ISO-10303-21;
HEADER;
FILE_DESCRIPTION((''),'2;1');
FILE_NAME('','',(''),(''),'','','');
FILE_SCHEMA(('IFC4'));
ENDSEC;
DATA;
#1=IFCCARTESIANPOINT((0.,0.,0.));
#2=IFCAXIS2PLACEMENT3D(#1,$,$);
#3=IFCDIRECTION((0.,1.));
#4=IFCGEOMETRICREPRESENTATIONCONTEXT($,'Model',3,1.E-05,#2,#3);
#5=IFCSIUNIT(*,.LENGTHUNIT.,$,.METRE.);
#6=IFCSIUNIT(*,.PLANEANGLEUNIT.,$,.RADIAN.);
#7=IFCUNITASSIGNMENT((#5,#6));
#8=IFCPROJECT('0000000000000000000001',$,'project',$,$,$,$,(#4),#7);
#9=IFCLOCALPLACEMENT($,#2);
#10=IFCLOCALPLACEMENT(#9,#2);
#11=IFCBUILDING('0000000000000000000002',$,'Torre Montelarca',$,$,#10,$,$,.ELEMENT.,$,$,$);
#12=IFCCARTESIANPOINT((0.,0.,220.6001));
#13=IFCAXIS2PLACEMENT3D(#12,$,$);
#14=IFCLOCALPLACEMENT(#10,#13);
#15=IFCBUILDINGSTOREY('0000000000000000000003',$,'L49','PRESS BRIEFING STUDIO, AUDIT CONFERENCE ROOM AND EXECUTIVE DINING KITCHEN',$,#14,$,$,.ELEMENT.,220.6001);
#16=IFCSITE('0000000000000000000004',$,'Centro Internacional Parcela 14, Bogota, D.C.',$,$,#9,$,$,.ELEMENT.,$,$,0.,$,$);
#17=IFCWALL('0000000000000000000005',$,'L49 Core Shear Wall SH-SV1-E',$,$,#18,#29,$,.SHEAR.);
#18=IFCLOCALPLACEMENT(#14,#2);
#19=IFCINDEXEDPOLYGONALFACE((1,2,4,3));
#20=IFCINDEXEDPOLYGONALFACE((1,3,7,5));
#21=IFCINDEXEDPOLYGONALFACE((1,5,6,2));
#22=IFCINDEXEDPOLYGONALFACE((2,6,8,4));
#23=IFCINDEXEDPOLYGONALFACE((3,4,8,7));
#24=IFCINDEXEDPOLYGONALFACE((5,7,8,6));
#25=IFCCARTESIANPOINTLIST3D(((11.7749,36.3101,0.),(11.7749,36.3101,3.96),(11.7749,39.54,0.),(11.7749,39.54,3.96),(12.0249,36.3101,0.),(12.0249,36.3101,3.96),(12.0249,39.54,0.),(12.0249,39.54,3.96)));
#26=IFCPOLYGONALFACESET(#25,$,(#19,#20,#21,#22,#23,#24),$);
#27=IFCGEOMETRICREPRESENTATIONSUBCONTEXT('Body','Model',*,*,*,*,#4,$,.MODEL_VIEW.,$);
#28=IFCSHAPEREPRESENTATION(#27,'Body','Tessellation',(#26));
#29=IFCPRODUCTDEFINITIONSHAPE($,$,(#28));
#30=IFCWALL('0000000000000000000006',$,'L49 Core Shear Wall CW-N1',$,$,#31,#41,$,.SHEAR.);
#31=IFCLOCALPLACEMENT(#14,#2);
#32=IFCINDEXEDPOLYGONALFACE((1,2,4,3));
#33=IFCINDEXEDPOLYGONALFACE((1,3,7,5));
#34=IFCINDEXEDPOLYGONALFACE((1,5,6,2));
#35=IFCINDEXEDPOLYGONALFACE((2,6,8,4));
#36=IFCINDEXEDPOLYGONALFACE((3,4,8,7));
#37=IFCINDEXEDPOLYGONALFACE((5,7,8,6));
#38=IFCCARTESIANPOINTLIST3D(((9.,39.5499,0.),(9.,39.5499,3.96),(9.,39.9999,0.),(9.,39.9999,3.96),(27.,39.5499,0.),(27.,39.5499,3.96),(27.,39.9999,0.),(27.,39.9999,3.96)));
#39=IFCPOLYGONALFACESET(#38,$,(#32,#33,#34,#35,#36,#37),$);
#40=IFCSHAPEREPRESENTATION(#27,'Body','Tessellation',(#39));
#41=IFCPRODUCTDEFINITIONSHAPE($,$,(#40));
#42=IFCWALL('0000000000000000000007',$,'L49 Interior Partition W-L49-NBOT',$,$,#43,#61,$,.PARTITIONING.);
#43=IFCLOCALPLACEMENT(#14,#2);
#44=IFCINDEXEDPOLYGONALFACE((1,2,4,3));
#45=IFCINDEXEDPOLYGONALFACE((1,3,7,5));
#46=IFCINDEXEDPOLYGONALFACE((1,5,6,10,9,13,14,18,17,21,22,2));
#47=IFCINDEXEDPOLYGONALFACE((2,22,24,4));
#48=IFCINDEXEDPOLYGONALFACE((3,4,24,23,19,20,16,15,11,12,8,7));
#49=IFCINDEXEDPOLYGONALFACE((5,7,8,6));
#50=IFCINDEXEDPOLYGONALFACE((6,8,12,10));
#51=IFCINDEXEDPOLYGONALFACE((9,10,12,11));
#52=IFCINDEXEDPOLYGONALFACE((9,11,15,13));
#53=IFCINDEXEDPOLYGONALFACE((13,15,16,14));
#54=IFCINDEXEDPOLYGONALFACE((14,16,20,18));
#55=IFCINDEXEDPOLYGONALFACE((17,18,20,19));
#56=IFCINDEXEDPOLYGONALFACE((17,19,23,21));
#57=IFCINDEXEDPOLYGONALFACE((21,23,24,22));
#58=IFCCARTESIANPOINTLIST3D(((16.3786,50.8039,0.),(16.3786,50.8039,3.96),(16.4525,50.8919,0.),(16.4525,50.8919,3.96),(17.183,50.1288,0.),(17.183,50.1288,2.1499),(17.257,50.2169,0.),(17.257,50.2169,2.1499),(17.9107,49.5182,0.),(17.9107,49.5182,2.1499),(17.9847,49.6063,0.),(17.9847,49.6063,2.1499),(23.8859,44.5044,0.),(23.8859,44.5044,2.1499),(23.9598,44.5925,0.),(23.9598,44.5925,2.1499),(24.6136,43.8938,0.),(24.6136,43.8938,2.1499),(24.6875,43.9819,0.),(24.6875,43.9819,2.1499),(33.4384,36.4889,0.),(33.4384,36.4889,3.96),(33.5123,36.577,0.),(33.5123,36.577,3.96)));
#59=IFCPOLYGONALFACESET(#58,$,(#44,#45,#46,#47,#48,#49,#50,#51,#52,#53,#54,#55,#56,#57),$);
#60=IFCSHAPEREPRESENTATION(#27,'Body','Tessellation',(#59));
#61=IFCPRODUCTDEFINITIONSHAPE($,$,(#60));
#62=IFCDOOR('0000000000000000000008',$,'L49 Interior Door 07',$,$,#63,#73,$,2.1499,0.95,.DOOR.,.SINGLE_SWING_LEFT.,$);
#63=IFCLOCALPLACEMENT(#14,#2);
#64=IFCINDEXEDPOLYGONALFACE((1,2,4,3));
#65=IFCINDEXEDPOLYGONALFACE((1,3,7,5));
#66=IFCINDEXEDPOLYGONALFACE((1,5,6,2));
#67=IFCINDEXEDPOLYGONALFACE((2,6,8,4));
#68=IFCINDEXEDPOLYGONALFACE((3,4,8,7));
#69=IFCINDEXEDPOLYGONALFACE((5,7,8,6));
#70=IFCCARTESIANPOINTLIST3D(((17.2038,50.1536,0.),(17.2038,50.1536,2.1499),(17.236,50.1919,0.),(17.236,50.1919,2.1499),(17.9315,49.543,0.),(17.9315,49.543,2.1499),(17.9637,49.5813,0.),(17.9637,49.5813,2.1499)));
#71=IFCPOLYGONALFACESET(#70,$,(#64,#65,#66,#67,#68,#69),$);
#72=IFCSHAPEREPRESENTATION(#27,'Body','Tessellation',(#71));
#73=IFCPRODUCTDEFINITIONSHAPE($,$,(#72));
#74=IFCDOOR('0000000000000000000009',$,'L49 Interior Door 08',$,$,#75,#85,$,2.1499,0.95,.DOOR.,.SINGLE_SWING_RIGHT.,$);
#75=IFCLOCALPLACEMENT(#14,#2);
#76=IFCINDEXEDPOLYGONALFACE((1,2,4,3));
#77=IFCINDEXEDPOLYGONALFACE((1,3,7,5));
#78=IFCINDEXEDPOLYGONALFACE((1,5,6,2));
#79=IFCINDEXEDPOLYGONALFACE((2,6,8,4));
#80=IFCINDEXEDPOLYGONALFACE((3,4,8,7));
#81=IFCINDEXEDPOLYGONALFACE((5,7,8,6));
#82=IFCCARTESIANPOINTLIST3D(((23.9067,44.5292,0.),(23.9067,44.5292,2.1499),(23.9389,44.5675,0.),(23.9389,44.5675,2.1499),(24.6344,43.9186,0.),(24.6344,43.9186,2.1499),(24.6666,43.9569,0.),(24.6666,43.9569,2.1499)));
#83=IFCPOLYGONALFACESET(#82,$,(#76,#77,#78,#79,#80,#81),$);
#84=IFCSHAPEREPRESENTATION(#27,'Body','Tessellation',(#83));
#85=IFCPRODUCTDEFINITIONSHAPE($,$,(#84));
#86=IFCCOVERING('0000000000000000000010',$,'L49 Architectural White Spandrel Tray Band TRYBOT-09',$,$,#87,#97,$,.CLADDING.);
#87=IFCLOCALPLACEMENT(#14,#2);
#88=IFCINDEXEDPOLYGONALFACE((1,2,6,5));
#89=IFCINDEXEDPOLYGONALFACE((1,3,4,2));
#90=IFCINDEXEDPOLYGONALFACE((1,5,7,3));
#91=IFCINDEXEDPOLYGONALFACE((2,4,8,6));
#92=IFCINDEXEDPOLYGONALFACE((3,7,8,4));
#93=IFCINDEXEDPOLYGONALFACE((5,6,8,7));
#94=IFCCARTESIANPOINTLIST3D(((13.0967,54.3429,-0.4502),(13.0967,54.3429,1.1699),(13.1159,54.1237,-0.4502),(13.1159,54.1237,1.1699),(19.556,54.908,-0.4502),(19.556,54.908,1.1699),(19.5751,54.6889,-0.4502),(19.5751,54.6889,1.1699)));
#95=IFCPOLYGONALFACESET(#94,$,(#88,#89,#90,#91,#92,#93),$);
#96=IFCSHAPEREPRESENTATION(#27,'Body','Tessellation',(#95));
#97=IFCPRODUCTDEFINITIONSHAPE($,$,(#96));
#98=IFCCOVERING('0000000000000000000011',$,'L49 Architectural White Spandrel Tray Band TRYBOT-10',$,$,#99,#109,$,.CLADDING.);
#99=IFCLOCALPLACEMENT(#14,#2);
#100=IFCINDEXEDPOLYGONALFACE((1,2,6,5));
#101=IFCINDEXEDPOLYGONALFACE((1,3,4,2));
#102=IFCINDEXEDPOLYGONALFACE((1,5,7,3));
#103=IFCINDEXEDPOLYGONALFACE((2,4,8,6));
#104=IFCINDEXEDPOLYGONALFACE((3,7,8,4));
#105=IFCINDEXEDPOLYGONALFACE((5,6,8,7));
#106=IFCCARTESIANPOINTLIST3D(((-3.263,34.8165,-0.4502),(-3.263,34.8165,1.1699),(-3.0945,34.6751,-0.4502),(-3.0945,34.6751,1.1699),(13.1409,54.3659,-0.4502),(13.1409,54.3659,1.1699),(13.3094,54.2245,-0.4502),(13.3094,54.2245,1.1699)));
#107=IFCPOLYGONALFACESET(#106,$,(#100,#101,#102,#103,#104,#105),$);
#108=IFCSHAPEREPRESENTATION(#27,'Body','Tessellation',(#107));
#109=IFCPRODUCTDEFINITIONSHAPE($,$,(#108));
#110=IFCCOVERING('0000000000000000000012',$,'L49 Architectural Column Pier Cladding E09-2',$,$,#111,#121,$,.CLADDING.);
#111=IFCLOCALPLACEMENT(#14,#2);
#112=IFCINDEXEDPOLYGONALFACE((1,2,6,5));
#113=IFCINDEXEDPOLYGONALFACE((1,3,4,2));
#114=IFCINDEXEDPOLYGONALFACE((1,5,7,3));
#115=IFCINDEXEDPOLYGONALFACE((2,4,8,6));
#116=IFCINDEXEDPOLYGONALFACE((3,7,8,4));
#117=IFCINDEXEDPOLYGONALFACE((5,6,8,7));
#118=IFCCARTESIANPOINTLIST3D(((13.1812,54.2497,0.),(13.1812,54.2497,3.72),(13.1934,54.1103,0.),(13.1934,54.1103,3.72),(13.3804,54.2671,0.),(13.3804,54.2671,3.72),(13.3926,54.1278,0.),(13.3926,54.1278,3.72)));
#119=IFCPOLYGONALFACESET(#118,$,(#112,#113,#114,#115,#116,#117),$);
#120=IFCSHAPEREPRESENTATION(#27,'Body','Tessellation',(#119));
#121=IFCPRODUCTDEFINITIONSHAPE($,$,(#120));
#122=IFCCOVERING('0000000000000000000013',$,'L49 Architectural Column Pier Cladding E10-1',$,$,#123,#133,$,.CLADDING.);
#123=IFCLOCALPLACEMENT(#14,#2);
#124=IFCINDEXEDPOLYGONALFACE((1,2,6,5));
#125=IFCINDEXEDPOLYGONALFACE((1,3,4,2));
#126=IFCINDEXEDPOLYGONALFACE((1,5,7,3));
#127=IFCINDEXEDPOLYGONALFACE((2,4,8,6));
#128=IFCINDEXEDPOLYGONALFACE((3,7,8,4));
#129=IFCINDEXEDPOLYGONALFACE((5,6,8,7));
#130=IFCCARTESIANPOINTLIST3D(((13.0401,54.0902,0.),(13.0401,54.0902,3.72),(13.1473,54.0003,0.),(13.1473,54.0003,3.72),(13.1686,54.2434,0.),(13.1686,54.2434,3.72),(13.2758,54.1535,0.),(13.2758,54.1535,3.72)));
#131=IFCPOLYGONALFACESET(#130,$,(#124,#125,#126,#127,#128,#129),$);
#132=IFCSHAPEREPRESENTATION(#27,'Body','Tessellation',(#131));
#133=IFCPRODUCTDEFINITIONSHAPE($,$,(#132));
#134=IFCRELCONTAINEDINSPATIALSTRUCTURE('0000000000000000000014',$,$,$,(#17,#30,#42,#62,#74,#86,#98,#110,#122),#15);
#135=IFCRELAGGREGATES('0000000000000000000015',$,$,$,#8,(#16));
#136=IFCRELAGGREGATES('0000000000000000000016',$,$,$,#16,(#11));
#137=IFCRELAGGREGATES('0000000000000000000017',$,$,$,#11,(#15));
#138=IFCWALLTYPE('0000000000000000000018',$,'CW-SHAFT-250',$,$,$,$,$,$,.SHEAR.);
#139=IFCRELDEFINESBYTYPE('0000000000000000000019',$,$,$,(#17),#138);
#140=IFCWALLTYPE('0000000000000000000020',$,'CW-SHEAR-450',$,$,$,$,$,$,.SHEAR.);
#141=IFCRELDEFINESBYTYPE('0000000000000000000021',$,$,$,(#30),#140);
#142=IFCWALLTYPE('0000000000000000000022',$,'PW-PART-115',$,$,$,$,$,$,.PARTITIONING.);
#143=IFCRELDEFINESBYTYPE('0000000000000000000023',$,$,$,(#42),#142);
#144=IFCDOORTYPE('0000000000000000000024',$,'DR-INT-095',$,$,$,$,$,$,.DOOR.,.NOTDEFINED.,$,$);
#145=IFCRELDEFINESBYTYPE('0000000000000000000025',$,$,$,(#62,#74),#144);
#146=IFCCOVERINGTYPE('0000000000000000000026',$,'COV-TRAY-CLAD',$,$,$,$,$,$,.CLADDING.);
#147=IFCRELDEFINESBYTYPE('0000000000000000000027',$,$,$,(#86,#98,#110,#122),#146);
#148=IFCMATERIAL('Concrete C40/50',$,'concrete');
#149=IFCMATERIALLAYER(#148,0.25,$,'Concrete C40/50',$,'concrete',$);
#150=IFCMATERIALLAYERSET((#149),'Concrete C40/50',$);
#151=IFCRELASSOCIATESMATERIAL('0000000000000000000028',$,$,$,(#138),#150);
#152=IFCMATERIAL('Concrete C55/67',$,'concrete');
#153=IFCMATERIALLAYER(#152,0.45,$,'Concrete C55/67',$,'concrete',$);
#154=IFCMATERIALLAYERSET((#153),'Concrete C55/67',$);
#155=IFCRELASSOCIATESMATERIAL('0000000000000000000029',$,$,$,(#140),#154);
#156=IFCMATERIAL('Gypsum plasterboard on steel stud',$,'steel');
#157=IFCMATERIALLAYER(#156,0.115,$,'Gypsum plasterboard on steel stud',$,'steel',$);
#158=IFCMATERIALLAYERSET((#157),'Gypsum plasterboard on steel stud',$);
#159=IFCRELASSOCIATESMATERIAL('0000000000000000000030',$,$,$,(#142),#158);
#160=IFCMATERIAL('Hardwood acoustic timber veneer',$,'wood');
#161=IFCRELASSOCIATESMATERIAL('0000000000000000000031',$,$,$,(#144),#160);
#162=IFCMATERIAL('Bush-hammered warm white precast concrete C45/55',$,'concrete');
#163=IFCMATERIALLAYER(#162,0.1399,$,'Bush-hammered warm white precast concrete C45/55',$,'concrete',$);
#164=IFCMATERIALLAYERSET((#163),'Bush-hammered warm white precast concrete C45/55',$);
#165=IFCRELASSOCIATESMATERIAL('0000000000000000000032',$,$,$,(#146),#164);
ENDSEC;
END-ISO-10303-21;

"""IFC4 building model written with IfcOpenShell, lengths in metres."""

from ifc_helpers import new_model, si_unit, direction, frame, frame_2d, origin, origin_2d, place, context, subcontext, project, spatial, rectangle, extrude, source, transform, mapped, material, layer, layer_set, type_object, element, fill, save


model = new_model("IFC4")

# Units and contexts
model_context = context("Model", 3, precision=1e-05, world=origin(), true_north=direction((0.0, 1.0)))
body_context = subcontext(model_context, "Body", "Model", "MODEL_VIEW")
ifc_project = project(units=[si_unit("LENGTHUNIT", "METRE"), si_unit("PLANEANGLEUNIT", "RADIAN")], contexts=[model_context])

# Site, building, storey
site_placement = place(None, origin())
site = spatial("IfcSite", under=ifc_project, at=site_placement, Name="Centro Internacional Parcela 14, Bogota, D.C.", CompositionType="ELEMENT", RefElevation=0.0)
building_placement = place(site_placement, origin())
building = spatial("IfcBuilding", under=site, at=building_placement, Name="Torre Montelarca", CompositionType="ELEMENT")
storey_placement = place(building_placement, frame((0.0, 0.0, 220.6001)))
storey = spatial("IfcBuildingStorey", under=building, at=storey_placement, Name="L49", Description="PRESS BRIEFING STUDIO, AUDIT CONFERENCE ROOM AND EXECUTIVE DINING KITCHEN", CompositionType="ELEMENT", Elevation=220.6001)

# Shared definitions
ifc_material_1 = material(Name="Concrete C55/67", Category="concrete")
ifc_material_2 = material(Name="Concrete C40/50", Category="concrete")

# Walls
ifc_layer_1 = layer(ifc_material_2, 0.25, Name="Concrete C40/50", Category="concrete")
ifc_layer_set_1 = layer_set([ifc_layer_1], Name="Concrete C40/50")
wall_type_1 = type_object("IfcWallType", Name="CW-SHAFT-250", PredefinedType="SHEAR", material=ifc_layer_set_1)
wall_1_placement = place(storey_placement, frame((11.8999, 36.3101, 0.0), z_axis=(0.0, 0.0, 1.0), x_axis=(0.0, 1.0, 0.0)))
element("IfcWall", 1, at=wall_1_placement, inside=storey, type_object=wall_type_1, Name="L49 Core Shear Wall SH-SV1-E", PredefinedType="SHEAR", context=body_context, shape_type="SweptSolid", body=[
    extrude(rectangle(XDim=3.23, YDim=0.25, at=frame_2d((1.615, 0.0))), origin(), (0.0, 0.0, 1.0), 3.96),
])
ifc_layer_2 = layer(ifc_material_1, 0.45, Name="Concrete C55/67", Category="concrete")
ifc_layer_set_2 = layer_set([ifc_layer_2], Name="Concrete C55/67")
wall_type_2 = type_object("IfcWallType", Name="CW-SHEAR-450", PredefinedType="SHEAR", material=ifc_layer_set_2)
wall_2_placement = place(storey_placement, frame((9.0, 39.7749, 0.0), z_axis=(0.0, 0.0, 1.0), x_axis=(1.0, 0.0, 0.0)))
element("IfcWall", 2, at=wall_2_placement, inside=storey, type_object=wall_type_2, Name="L49 Core Shear Wall CW-N1", PredefinedType="SHEAR", context=body_context, shape_type="SweptSolid", body=[
    extrude(rectangle(XDim=18.0, YDim=0.45, at=frame_2d((9.0, 0.0))), origin(), (0.0, 0.0, 1.0), 3.96),
])

# Wall, openings, doors
ifc_material_3 = material(Name="Gypsum plasterboard on steel stud", Category="steel")
ifc_layer_3 = layer(ifc_material_3, 0.115, Name="Gypsum plasterboard on steel stud", Category="steel")
ifc_layer_set_3 = layer_set([ifc_layer_3], Name="Gypsum plasterboard on steel stud")
wall_type_3 = type_object("IfcWallType", Name="PW-PART-115", PredefinedType="PARTITIONING", material=ifc_layer_set_3)
wall_3_placement = place(storey_placement, frame((16.4155, 50.8479, 0.0), z_axis=(0.0, 0.0, 1.0), x_axis=(0.766043, -0.642789, 0.0)))
wall_3 = element("IfcWall", 3, at=wall_3_placement, inside=storey, type_object=wall_type_3, Name="L49 Interior Partition W-L49-NBOT", PredefinedType="PARTITIONING", context=body_context, shape_type="SweptSolid", body=[
    extrude(rectangle(XDim=22.27, YDim=0.115, at=frame_2d((11.135, 0.0))), origin(), (0.0, 0.0, 1.0), 3.96),
])
opening_1_placement = place(wall_3_placement, frame((1.05, 0.0, 0.0)))
opening_1 = element("IfcOpeningElement", 4, at=opening_1_placement, cuts=wall_3, PredefinedType="OPENING", context=body_context, shape_type="SweptSolid", body=[
    extrude(rectangle(XDim=0.95, YDim=2.1499, at=frame_2d((0.4751, 1.075))), frame((0.0, 0.0674, 0.0), z_axis=(0.0, -1.0, 0.0), x_axis=(1.0, 0.0, 0.0)), (0.0, 0.0, 1.0), 0.135),
])
opening_2_placement = place(wall_3_placement, frame((9.8, 0.0, 0.0)))
opening_2 = element("IfcOpeningElement", 5, at=opening_2_placement, cuts=wall_3, PredefinedType="OPENING", context=body_context, shape_type="SweptSolid", body=[
    extrude(rectangle(XDim=0.95, YDim=2.1499, at=frame_2d((0.4751, 1.075))), frame((0.0, 0.0674, 0.0), z_axis=(0.0, -1.0, 0.0), x_axis=(1.0, 0.0, 0.0)), (0.0, 0.0, 1.0), 0.135),
])
ifc_material_4 = material(Name="Hardwood acoustic timber veneer", Category="wood")
door_type = type_object("IfcDoorType", Name="DR-INT-095", OperationType="NOTDEFINED", PredefinedType="DOOR", material=ifc_material_4)
shared_shape_1 = source(origin(), body_context, "Body", "SweptSolid", [
    extrude(rectangle(XDim=0.95, YDim=2.1499, at=frame_2d((0.4751, 1.075))), frame((0.0, 0.0249, 0.0), z_axis=(0.0, -1.0, 0.0), x_axis=(1.0, 0.0, 0.0)), (0.0, 0.0, 1.0), 0.05),
])
door_1_placement = place(opening_1_placement, origin())
door_1 = element("IfcDoor", 6, at=door_1_placement, inside=storey, type_object=door_type, Name="L49 Interior Door 07", OperationType="SINGLE_SWING_LEFT", OverallHeight=2.1499, OverallWidth=0.95, PredefinedType="DOOR", context=body_context, shape_type="MappedRepresentation", body=[
    mapped(shared_shape_1, transform((0.0, 0.0, 0.0), scale=1.0)),
])
fill(opening_1, door_1)
door_2_placement = place(opening_2_placement, origin())
door_2 = element("IfcDoor", 7, at=door_2_placement, inside=storey, type_object=door_type, Name="L49 Interior Door 08", OperationType="SINGLE_SWING_RIGHT", OverallHeight=2.1499, OverallWidth=0.95, PredefinedType="DOOR", context=body_context, shape_type="MappedRepresentation", body=[
    mapped(shared_shape_1, transform((0.0, 0.0, 0.0), scale=1.0)),
])
fill(opening_2, door_2)

# Coverings
ifc_material_5 = material(Name="Bush-hammered warm white precast concrete C45/55", Category="concrete")
ifc_layer_4 = layer(ifc_material_5, 0.1399, Name="Bush-hammered warm white precast concrete C45/55", Category="concrete")
ifc_layer_set_4 = layer_set([ifc_layer_4], Name="Bush-hammered warm white precast concrete C45/55")
covering_type = type_object("IfcCoveringType", Name="COV-TRAY-CLAD", PredefinedType="CLADDING", material=ifc_layer_set_4)
shared_shape_2 = source(origin(), body_context, "Body", "SweptSolid", [
    extrude(rectangle(XDim=6.4839, YDim=0.22, at=origin_2d()), origin(), (0.0, 0.0, 1.0), 1.6201),
])
covering_1_placement = place(storey_placement, frame((16.3359, 54.5159, -0.4502), z_axis=(0.0, 0.0, 1.0), x_axis=(-0.996194, -0.087163, 0.0)))
element("IfcCovering", 8, at=covering_1_placement, inside=storey, type_object=covering_type, Name="L49 Architectural White Spandrel Tray Band TRYBOT-09", PredefinedType="CLADDING", context=body_context, shape_type="MappedRepresentation", body=[
    mapped(shared_shape_2, transform((0.0, 0.0, 0.0), scale=1.0)),
])
shared_shape_3 = source(origin(), body_context, "Body", "SweptSolid", [
    extrude(rectangle(XDim=25.52, YDim=0.22, at=origin_2d()), origin(), (0.0, 0.0, 1.0), 1.6201),
])
covering_2_placement = place(storey_placement, frame((5.0232, 44.5205, -0.4502), z_axis=(0.0, 0.0, 1.0), x_axis=(-0.642788, -0.766044, 0.0)))
element("IfcCovering", 9, at=covering_2_placement, inside=storey, type_object=covering_type, Name="L49 Architectural White Spandrel Tray Band TRYBOT-10", PredefinedType="CLADDING", context=body_context, shape_type="MappedRepresentation", body=[
    mapped(shared_shape_3, transform((0.0, 0.0, 0.0), scale=1.0)),
])
shared_shape_4 = source(origin(), body_context, "Body", "SweptSolid", [
    extrude(rectangle(XDim=0.2, YDim=0.1399, at=origin_2d()), origin(), (0.0, 0.0, 1.0), 3.72),
])
for number, where, z_axis, x_axis, name in (
    (10, (13.2869, 54.1887, 0.0), (0.0, 0.0, 1.0), (-0.996193, -0.087177, 0.0), "L49 Architectural Column Pier Cladding E09-2"),
    (11, (13.158, 54.1218, 0.0), (0.0, 0.0, 1.0), (-0.642789, -0.766043, 0.0), "L49 Architectural Column Pier Cladding E10-1"),
):
    element("IfcCovering", number, at=place(storey_placement, frame(where, z_axis=z_axis, x_axis=x_axis)), inside=storey, type_object=covering_type, Name=name, PredefinedType="CLADDING", context=body_context, shape_type="MappedRepresentation", body=[
        mapped(shared_shape_4, transform((0.0, 0.0, 0.0), scale=1.0)),
    ])

save(model, "model.ifc")
